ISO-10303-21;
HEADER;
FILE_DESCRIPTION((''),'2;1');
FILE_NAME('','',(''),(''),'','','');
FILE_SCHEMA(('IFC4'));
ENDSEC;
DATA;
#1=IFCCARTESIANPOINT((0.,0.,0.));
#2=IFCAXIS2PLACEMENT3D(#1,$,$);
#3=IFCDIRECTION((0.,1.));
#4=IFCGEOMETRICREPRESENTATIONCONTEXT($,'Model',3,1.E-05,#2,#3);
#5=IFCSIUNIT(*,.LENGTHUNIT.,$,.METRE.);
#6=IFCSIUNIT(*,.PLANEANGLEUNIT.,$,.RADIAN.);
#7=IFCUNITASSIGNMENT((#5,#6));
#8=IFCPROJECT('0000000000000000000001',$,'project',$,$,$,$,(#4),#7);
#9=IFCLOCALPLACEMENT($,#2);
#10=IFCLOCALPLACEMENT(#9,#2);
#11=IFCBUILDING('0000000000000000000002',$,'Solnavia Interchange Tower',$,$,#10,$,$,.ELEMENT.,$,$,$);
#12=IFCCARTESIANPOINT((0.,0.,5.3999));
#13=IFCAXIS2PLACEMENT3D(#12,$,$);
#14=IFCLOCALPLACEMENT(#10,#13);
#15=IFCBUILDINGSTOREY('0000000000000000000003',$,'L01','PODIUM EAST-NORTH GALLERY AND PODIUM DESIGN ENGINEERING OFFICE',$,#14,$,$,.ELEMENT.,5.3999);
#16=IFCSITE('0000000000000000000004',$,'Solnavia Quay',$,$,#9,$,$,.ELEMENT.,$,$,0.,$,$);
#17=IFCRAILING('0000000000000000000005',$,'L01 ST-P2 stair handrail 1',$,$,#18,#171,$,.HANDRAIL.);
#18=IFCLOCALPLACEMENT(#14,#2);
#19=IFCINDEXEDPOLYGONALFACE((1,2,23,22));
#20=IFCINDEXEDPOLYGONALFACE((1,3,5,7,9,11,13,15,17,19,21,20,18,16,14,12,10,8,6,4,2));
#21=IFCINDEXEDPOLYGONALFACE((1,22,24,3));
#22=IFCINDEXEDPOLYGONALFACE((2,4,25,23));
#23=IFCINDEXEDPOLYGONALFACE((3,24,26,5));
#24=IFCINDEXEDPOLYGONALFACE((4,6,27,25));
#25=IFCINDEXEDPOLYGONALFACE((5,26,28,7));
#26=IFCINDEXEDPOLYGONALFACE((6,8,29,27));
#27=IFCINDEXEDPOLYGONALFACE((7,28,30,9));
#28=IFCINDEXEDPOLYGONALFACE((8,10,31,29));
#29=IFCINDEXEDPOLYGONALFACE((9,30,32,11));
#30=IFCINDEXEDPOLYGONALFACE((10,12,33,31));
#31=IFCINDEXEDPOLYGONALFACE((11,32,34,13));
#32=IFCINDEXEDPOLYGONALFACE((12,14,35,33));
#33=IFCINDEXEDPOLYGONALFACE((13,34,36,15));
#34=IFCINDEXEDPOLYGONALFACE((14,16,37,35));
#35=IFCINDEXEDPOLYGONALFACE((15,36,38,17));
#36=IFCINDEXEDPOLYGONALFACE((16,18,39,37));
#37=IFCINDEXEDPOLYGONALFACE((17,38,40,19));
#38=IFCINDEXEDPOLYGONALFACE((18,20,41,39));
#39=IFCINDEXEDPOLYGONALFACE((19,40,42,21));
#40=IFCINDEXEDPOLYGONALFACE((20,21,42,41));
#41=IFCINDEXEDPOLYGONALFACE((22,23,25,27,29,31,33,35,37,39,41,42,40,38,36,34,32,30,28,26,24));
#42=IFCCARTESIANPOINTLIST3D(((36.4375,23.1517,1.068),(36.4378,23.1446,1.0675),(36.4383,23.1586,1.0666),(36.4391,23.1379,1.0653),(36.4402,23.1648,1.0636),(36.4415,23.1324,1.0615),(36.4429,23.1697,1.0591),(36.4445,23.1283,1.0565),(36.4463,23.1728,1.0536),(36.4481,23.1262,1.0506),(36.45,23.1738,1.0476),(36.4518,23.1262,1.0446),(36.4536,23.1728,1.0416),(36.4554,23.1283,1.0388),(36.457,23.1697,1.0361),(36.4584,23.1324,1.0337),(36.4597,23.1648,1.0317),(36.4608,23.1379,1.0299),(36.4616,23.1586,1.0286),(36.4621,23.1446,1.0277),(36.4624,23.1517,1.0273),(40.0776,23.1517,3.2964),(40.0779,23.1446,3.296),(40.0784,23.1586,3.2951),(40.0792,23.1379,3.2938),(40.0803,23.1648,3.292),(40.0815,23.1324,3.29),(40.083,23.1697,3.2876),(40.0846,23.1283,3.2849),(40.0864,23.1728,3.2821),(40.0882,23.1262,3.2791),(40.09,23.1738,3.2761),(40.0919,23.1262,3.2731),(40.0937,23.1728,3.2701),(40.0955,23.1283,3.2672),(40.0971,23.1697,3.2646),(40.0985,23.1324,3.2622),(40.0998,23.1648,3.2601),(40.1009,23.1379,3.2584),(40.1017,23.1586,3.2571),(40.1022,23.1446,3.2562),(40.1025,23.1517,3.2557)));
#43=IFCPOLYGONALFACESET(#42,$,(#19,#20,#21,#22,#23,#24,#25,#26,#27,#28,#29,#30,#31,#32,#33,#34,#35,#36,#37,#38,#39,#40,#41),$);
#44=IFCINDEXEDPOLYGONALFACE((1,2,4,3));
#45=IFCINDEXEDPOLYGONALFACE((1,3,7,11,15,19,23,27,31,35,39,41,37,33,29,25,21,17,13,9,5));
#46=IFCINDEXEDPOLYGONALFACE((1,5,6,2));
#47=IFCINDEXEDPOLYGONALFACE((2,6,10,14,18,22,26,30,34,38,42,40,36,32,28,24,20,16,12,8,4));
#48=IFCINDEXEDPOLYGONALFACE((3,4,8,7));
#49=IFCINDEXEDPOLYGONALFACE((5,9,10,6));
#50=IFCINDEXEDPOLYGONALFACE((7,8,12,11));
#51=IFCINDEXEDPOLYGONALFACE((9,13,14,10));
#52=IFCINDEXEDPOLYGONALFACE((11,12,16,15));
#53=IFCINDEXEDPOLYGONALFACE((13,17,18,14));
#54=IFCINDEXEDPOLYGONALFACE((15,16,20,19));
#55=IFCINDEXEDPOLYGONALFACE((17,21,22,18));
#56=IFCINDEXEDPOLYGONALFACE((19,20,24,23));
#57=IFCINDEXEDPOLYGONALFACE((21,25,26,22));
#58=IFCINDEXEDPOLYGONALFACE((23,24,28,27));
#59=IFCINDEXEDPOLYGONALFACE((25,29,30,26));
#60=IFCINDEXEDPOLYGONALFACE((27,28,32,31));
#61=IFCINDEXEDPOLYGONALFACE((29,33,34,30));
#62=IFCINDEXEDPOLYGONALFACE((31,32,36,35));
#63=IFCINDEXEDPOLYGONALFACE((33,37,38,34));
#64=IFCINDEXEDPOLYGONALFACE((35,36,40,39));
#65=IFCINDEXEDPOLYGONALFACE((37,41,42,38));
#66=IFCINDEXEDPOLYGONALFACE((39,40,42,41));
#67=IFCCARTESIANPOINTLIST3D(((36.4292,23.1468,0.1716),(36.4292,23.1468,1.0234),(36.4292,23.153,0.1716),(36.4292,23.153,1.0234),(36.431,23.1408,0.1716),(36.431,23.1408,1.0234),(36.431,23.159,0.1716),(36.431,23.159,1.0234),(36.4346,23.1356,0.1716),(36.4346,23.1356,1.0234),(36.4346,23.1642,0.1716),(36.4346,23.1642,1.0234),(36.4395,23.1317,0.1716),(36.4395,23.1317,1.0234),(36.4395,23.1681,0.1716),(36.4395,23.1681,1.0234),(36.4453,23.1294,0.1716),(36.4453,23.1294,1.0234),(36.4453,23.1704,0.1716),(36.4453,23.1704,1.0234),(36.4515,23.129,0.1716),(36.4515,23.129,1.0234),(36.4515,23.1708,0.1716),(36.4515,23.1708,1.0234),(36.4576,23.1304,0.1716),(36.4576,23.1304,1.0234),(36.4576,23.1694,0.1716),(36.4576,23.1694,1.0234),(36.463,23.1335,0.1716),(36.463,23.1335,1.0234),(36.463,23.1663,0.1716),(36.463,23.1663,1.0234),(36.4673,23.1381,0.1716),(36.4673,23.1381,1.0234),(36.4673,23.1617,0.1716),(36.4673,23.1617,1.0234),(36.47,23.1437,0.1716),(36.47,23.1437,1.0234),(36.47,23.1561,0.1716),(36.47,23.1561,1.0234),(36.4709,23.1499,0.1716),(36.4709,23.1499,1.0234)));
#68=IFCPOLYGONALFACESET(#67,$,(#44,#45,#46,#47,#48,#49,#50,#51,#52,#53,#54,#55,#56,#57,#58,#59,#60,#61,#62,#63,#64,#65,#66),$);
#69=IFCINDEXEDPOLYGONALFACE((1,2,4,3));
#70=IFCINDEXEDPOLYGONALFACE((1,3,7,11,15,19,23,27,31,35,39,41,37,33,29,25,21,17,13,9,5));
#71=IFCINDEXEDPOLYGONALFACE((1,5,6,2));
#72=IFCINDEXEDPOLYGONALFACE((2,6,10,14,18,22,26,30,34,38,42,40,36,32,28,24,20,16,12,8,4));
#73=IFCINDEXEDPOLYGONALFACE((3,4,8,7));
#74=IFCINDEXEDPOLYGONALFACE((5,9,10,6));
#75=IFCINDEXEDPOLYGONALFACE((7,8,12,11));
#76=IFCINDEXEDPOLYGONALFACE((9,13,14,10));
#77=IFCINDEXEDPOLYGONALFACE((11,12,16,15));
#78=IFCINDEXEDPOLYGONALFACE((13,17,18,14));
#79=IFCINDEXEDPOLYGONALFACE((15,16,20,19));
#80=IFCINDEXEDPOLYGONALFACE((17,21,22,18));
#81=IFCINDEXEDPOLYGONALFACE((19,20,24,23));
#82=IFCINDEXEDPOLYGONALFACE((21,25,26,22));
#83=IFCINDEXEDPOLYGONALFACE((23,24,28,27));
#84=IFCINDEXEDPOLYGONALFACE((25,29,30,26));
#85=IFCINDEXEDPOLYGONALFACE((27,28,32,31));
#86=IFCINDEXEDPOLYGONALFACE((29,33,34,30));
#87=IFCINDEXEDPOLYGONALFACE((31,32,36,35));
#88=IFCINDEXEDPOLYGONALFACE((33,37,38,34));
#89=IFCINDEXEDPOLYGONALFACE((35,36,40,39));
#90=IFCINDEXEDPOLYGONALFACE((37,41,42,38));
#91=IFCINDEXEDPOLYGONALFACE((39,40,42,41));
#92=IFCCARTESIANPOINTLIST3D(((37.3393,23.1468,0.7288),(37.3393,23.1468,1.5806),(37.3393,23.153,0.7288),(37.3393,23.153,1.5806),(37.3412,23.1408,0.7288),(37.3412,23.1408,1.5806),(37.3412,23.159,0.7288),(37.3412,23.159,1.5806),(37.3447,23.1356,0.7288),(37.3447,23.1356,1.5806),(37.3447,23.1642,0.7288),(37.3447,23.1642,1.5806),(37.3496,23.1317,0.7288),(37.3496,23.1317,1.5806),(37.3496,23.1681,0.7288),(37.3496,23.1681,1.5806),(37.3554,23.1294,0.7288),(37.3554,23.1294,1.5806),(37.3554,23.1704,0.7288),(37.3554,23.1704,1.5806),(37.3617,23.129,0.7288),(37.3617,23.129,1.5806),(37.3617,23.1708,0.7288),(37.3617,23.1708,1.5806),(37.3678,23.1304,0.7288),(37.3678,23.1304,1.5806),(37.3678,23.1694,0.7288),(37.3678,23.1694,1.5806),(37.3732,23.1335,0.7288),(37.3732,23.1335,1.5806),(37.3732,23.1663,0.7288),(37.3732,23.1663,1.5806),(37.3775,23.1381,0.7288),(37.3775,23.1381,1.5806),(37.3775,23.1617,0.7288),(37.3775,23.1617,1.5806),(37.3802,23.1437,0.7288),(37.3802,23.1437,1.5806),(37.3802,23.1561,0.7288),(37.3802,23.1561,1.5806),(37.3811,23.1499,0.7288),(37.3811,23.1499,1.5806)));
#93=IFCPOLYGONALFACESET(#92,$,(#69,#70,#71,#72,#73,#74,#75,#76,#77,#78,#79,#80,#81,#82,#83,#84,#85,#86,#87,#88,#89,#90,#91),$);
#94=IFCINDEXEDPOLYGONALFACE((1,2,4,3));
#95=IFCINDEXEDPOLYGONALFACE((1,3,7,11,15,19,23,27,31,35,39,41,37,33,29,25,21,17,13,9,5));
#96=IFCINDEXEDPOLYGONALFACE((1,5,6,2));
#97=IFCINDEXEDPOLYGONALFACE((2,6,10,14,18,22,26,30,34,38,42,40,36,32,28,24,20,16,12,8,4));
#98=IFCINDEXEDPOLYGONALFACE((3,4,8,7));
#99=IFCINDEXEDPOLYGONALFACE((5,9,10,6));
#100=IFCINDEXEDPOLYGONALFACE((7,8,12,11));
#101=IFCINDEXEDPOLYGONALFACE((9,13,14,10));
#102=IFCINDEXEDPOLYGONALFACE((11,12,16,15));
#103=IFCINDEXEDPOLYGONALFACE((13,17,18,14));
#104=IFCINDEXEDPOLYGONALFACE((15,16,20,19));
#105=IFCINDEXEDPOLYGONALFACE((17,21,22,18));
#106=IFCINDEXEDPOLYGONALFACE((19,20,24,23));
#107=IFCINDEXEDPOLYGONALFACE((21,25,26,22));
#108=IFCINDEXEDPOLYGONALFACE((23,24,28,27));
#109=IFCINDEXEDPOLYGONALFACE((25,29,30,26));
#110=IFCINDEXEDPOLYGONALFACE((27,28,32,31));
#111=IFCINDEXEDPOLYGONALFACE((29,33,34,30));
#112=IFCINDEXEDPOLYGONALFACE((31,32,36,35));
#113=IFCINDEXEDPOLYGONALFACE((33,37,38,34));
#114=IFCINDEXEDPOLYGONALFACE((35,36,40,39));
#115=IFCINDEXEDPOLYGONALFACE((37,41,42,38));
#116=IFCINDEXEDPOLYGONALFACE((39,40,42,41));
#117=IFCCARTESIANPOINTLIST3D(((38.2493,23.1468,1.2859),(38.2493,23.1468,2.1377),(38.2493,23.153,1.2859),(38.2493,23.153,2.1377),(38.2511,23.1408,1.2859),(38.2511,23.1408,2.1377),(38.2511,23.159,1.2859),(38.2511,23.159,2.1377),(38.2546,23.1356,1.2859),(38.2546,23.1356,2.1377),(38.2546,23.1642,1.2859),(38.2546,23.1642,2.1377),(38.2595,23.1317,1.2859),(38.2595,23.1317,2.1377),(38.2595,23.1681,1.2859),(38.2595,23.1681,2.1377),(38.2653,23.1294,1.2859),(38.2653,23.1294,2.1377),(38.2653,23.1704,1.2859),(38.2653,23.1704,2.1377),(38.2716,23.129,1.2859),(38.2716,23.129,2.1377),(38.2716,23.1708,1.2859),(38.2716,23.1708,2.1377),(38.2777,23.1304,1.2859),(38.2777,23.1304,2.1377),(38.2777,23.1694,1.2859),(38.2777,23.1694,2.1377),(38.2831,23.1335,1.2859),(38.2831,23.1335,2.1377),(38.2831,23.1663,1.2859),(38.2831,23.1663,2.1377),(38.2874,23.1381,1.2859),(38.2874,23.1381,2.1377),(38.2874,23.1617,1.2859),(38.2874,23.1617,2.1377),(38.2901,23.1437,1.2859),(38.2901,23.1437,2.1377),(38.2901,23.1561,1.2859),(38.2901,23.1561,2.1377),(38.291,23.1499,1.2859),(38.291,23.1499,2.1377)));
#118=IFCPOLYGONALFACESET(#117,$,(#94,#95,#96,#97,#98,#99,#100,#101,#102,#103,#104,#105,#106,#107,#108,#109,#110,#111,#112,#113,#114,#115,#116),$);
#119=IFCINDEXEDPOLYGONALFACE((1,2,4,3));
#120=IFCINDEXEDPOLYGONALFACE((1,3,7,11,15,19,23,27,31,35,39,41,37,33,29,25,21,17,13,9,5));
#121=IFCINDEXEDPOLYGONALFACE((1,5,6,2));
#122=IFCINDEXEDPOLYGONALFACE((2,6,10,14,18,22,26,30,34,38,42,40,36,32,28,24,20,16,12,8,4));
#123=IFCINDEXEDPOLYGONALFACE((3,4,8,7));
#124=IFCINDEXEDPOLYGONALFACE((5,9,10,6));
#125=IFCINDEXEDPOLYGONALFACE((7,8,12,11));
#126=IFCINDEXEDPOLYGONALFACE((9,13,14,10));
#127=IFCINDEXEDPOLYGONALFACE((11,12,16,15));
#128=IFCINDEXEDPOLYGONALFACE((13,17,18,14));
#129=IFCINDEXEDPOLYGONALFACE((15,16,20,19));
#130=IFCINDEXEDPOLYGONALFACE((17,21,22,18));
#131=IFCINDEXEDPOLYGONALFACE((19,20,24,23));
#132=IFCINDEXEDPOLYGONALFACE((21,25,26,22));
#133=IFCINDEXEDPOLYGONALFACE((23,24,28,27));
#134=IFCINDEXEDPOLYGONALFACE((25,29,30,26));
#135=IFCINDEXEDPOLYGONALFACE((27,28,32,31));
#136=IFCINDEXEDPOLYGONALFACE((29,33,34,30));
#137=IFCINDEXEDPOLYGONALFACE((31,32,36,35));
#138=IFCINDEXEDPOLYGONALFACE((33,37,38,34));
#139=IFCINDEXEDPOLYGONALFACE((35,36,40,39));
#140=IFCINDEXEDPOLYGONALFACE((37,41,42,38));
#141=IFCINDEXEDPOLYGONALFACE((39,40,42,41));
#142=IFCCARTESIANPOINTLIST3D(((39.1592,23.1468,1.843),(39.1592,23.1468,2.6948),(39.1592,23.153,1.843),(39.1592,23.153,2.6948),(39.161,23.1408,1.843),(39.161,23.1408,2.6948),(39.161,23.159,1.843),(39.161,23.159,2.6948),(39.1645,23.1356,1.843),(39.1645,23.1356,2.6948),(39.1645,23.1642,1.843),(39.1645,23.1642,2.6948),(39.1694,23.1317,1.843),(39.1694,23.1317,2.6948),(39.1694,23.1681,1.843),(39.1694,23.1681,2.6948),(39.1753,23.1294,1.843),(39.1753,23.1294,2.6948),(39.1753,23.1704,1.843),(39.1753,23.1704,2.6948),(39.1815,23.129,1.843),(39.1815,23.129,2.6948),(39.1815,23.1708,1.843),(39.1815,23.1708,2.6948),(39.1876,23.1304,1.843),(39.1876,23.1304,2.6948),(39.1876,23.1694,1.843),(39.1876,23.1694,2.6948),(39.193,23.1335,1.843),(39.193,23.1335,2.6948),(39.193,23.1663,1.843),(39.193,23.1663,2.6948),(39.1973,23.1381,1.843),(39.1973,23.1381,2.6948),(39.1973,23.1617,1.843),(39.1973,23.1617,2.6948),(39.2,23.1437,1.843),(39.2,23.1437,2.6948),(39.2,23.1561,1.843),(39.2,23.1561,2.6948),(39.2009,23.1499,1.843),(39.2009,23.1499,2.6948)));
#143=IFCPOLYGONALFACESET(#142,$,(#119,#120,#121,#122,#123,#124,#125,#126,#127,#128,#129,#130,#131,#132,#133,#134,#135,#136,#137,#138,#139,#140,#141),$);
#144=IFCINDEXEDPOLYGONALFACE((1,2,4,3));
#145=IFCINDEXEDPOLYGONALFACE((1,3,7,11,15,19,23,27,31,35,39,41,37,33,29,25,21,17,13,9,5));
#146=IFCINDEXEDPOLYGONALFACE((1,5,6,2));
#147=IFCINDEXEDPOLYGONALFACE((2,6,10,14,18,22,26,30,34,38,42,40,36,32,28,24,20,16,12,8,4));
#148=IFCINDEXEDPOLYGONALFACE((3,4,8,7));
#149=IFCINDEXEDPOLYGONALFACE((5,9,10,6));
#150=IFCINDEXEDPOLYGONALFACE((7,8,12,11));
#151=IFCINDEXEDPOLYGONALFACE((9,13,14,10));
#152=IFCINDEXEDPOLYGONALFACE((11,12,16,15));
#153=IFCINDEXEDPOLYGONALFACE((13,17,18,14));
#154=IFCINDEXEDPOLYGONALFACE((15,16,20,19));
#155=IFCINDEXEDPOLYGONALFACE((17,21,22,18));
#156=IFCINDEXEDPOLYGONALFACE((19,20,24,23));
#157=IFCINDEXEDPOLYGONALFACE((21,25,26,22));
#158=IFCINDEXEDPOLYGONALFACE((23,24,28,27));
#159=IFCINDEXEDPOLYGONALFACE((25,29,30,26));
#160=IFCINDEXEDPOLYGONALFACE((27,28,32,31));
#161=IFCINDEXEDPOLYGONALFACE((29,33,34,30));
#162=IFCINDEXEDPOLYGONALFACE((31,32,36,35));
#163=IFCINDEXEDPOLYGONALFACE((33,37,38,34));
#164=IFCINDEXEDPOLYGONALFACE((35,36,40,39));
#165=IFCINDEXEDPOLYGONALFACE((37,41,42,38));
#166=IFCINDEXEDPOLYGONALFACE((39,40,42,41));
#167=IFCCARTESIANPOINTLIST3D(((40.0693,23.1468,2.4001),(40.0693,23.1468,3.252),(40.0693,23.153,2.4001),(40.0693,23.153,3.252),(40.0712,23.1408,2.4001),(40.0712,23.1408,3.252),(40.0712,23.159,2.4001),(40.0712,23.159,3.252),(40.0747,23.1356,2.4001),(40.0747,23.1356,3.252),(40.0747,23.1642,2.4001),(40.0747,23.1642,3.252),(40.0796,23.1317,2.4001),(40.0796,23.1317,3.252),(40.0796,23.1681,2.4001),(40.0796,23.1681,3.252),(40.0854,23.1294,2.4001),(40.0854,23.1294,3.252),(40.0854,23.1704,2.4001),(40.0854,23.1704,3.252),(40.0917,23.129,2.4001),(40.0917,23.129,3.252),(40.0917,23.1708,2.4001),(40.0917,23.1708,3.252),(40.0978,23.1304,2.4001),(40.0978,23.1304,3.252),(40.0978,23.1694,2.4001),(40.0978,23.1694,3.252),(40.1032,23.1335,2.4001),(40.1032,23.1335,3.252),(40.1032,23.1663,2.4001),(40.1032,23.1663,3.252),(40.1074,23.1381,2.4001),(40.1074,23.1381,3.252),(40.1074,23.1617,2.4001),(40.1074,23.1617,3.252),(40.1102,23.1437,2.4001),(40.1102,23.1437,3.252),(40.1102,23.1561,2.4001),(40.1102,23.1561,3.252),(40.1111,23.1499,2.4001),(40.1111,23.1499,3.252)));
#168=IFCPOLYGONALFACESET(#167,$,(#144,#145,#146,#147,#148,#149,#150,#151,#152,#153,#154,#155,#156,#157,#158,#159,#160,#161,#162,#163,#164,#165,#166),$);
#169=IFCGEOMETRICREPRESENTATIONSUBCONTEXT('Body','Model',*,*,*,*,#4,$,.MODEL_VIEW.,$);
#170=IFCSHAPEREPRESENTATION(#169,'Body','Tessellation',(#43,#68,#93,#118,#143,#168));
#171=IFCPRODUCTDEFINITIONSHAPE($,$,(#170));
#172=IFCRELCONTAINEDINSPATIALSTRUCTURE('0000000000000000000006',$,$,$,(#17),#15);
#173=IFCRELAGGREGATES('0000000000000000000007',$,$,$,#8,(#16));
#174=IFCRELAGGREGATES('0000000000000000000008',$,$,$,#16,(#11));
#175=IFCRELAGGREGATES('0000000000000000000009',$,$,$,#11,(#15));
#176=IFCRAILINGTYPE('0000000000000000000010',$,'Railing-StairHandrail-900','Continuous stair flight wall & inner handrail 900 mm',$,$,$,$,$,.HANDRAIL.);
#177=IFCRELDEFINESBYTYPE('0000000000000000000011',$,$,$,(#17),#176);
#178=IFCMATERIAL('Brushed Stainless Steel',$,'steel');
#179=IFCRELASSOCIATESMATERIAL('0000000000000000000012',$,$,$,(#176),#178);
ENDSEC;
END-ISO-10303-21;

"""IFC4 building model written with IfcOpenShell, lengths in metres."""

from ifc_helpers import new_model, si_unit, direction, frame, origin, origin_2d, place, context, subcontext, project, spatial, circle, extrude, material, type_object, element, save


model = new_model("IFC4")

# Units and contexts
model_context = context("Model", 3, precision=1e-05, world=origin(), true_north=direction((0.0, 1.0)))
body_context = subcontext(model_context, "Body", "Model", "MODEL_VIEW")
ifc_project = project(units=[si_unit("LENGTHUNIT", "METRE"), si_unit("PLANEANGLEUNIT", "RADIAN")], contexts=[model_context])

# Site, building, storey
site_placement = place(None, origin())
site = spatial("IfcSite", under=ifc_project, at=site_placement, Name="Solnavia Quay", CompositionType="ELEMENT", RefElevation=0.0)
building_placement = place(site_placement, origin())
building = spatial("IfcBuilding", under=site, at=building_placement, Name="Solnavia Interchange Tower", CompositionType="ELEMENT")
storey_placement = place(building_placement, frame((0.0, 0.0, 5.3999)))
storey = spatial("IfcBuildingStorey", under=building, at=storey_placement, Name="L01", Description="PODIUM EAST-NORTH GALLERY AND PODIUM DESIGN ENGINEERING OFFICE", CompositionType="ELEMENT", Elevation=5.3999)

# Railing
ifc_material_1 = material(Name="Brushed Stainless Steel", Category="steel")
railing_type_1 = type_object("IfcRailingType", Name="Railing-StairHandrail-900", Description="Continuous stair flight wall & inner handrail 900 mm", PredefinedType="HANDRAIL", material=ifc_material_1)
railing_1_placement = place(storey_placement, frame((36.45, 23.1499, 0.1716)))
element("IfcRailing", 1, at=railing_1_placement, inside=storey, type_object=railing_type_1, Name="L01 ST-P2 stair handrail 1", PredefinedType="HANDRAIL", context=body_context, shape_type="SweptSolid", body=[
    extrude(circle(Radius=0.0239, at=origin_2d()), frame((0.0, 0.0, 0.876), z_axis=(0.852866, 0.0, 0.52213), x_axis=(0.0, 1.0, 0.0)), (0.0, 0.0, 1.0), 4.2681),
    extrude(circle(Radius=0.021, at=origin_2d()), origin(), (0.0, 0.0, 1.0), 0.8518),
    extrude(circle(Radius=0.021, at=origin_2d()), frame((0.9102, 0.0, 0.5571)), (0.0, 0.0, 1.0), 0.8518),
    extrude(circle(Radius=0.021, at=origin_2d()), frame((1.8201, 0.0, 1.1143)), (0.0, 0.0, 1.0), 0.8518),
    extrude(circle(Radius=0.021, at=origin_2d()), frame((2.73, 0.0, 1.6714)), (0.0, 0.0, 1.0), 0.8518),
    extrude(circle(Radius=0.021, at=origin_2d()), frame((3.6401, 0.0, 2.2285)), (0.0, 0.0, 1.0), 0.8518),
])

save(model, "model.ifc")
